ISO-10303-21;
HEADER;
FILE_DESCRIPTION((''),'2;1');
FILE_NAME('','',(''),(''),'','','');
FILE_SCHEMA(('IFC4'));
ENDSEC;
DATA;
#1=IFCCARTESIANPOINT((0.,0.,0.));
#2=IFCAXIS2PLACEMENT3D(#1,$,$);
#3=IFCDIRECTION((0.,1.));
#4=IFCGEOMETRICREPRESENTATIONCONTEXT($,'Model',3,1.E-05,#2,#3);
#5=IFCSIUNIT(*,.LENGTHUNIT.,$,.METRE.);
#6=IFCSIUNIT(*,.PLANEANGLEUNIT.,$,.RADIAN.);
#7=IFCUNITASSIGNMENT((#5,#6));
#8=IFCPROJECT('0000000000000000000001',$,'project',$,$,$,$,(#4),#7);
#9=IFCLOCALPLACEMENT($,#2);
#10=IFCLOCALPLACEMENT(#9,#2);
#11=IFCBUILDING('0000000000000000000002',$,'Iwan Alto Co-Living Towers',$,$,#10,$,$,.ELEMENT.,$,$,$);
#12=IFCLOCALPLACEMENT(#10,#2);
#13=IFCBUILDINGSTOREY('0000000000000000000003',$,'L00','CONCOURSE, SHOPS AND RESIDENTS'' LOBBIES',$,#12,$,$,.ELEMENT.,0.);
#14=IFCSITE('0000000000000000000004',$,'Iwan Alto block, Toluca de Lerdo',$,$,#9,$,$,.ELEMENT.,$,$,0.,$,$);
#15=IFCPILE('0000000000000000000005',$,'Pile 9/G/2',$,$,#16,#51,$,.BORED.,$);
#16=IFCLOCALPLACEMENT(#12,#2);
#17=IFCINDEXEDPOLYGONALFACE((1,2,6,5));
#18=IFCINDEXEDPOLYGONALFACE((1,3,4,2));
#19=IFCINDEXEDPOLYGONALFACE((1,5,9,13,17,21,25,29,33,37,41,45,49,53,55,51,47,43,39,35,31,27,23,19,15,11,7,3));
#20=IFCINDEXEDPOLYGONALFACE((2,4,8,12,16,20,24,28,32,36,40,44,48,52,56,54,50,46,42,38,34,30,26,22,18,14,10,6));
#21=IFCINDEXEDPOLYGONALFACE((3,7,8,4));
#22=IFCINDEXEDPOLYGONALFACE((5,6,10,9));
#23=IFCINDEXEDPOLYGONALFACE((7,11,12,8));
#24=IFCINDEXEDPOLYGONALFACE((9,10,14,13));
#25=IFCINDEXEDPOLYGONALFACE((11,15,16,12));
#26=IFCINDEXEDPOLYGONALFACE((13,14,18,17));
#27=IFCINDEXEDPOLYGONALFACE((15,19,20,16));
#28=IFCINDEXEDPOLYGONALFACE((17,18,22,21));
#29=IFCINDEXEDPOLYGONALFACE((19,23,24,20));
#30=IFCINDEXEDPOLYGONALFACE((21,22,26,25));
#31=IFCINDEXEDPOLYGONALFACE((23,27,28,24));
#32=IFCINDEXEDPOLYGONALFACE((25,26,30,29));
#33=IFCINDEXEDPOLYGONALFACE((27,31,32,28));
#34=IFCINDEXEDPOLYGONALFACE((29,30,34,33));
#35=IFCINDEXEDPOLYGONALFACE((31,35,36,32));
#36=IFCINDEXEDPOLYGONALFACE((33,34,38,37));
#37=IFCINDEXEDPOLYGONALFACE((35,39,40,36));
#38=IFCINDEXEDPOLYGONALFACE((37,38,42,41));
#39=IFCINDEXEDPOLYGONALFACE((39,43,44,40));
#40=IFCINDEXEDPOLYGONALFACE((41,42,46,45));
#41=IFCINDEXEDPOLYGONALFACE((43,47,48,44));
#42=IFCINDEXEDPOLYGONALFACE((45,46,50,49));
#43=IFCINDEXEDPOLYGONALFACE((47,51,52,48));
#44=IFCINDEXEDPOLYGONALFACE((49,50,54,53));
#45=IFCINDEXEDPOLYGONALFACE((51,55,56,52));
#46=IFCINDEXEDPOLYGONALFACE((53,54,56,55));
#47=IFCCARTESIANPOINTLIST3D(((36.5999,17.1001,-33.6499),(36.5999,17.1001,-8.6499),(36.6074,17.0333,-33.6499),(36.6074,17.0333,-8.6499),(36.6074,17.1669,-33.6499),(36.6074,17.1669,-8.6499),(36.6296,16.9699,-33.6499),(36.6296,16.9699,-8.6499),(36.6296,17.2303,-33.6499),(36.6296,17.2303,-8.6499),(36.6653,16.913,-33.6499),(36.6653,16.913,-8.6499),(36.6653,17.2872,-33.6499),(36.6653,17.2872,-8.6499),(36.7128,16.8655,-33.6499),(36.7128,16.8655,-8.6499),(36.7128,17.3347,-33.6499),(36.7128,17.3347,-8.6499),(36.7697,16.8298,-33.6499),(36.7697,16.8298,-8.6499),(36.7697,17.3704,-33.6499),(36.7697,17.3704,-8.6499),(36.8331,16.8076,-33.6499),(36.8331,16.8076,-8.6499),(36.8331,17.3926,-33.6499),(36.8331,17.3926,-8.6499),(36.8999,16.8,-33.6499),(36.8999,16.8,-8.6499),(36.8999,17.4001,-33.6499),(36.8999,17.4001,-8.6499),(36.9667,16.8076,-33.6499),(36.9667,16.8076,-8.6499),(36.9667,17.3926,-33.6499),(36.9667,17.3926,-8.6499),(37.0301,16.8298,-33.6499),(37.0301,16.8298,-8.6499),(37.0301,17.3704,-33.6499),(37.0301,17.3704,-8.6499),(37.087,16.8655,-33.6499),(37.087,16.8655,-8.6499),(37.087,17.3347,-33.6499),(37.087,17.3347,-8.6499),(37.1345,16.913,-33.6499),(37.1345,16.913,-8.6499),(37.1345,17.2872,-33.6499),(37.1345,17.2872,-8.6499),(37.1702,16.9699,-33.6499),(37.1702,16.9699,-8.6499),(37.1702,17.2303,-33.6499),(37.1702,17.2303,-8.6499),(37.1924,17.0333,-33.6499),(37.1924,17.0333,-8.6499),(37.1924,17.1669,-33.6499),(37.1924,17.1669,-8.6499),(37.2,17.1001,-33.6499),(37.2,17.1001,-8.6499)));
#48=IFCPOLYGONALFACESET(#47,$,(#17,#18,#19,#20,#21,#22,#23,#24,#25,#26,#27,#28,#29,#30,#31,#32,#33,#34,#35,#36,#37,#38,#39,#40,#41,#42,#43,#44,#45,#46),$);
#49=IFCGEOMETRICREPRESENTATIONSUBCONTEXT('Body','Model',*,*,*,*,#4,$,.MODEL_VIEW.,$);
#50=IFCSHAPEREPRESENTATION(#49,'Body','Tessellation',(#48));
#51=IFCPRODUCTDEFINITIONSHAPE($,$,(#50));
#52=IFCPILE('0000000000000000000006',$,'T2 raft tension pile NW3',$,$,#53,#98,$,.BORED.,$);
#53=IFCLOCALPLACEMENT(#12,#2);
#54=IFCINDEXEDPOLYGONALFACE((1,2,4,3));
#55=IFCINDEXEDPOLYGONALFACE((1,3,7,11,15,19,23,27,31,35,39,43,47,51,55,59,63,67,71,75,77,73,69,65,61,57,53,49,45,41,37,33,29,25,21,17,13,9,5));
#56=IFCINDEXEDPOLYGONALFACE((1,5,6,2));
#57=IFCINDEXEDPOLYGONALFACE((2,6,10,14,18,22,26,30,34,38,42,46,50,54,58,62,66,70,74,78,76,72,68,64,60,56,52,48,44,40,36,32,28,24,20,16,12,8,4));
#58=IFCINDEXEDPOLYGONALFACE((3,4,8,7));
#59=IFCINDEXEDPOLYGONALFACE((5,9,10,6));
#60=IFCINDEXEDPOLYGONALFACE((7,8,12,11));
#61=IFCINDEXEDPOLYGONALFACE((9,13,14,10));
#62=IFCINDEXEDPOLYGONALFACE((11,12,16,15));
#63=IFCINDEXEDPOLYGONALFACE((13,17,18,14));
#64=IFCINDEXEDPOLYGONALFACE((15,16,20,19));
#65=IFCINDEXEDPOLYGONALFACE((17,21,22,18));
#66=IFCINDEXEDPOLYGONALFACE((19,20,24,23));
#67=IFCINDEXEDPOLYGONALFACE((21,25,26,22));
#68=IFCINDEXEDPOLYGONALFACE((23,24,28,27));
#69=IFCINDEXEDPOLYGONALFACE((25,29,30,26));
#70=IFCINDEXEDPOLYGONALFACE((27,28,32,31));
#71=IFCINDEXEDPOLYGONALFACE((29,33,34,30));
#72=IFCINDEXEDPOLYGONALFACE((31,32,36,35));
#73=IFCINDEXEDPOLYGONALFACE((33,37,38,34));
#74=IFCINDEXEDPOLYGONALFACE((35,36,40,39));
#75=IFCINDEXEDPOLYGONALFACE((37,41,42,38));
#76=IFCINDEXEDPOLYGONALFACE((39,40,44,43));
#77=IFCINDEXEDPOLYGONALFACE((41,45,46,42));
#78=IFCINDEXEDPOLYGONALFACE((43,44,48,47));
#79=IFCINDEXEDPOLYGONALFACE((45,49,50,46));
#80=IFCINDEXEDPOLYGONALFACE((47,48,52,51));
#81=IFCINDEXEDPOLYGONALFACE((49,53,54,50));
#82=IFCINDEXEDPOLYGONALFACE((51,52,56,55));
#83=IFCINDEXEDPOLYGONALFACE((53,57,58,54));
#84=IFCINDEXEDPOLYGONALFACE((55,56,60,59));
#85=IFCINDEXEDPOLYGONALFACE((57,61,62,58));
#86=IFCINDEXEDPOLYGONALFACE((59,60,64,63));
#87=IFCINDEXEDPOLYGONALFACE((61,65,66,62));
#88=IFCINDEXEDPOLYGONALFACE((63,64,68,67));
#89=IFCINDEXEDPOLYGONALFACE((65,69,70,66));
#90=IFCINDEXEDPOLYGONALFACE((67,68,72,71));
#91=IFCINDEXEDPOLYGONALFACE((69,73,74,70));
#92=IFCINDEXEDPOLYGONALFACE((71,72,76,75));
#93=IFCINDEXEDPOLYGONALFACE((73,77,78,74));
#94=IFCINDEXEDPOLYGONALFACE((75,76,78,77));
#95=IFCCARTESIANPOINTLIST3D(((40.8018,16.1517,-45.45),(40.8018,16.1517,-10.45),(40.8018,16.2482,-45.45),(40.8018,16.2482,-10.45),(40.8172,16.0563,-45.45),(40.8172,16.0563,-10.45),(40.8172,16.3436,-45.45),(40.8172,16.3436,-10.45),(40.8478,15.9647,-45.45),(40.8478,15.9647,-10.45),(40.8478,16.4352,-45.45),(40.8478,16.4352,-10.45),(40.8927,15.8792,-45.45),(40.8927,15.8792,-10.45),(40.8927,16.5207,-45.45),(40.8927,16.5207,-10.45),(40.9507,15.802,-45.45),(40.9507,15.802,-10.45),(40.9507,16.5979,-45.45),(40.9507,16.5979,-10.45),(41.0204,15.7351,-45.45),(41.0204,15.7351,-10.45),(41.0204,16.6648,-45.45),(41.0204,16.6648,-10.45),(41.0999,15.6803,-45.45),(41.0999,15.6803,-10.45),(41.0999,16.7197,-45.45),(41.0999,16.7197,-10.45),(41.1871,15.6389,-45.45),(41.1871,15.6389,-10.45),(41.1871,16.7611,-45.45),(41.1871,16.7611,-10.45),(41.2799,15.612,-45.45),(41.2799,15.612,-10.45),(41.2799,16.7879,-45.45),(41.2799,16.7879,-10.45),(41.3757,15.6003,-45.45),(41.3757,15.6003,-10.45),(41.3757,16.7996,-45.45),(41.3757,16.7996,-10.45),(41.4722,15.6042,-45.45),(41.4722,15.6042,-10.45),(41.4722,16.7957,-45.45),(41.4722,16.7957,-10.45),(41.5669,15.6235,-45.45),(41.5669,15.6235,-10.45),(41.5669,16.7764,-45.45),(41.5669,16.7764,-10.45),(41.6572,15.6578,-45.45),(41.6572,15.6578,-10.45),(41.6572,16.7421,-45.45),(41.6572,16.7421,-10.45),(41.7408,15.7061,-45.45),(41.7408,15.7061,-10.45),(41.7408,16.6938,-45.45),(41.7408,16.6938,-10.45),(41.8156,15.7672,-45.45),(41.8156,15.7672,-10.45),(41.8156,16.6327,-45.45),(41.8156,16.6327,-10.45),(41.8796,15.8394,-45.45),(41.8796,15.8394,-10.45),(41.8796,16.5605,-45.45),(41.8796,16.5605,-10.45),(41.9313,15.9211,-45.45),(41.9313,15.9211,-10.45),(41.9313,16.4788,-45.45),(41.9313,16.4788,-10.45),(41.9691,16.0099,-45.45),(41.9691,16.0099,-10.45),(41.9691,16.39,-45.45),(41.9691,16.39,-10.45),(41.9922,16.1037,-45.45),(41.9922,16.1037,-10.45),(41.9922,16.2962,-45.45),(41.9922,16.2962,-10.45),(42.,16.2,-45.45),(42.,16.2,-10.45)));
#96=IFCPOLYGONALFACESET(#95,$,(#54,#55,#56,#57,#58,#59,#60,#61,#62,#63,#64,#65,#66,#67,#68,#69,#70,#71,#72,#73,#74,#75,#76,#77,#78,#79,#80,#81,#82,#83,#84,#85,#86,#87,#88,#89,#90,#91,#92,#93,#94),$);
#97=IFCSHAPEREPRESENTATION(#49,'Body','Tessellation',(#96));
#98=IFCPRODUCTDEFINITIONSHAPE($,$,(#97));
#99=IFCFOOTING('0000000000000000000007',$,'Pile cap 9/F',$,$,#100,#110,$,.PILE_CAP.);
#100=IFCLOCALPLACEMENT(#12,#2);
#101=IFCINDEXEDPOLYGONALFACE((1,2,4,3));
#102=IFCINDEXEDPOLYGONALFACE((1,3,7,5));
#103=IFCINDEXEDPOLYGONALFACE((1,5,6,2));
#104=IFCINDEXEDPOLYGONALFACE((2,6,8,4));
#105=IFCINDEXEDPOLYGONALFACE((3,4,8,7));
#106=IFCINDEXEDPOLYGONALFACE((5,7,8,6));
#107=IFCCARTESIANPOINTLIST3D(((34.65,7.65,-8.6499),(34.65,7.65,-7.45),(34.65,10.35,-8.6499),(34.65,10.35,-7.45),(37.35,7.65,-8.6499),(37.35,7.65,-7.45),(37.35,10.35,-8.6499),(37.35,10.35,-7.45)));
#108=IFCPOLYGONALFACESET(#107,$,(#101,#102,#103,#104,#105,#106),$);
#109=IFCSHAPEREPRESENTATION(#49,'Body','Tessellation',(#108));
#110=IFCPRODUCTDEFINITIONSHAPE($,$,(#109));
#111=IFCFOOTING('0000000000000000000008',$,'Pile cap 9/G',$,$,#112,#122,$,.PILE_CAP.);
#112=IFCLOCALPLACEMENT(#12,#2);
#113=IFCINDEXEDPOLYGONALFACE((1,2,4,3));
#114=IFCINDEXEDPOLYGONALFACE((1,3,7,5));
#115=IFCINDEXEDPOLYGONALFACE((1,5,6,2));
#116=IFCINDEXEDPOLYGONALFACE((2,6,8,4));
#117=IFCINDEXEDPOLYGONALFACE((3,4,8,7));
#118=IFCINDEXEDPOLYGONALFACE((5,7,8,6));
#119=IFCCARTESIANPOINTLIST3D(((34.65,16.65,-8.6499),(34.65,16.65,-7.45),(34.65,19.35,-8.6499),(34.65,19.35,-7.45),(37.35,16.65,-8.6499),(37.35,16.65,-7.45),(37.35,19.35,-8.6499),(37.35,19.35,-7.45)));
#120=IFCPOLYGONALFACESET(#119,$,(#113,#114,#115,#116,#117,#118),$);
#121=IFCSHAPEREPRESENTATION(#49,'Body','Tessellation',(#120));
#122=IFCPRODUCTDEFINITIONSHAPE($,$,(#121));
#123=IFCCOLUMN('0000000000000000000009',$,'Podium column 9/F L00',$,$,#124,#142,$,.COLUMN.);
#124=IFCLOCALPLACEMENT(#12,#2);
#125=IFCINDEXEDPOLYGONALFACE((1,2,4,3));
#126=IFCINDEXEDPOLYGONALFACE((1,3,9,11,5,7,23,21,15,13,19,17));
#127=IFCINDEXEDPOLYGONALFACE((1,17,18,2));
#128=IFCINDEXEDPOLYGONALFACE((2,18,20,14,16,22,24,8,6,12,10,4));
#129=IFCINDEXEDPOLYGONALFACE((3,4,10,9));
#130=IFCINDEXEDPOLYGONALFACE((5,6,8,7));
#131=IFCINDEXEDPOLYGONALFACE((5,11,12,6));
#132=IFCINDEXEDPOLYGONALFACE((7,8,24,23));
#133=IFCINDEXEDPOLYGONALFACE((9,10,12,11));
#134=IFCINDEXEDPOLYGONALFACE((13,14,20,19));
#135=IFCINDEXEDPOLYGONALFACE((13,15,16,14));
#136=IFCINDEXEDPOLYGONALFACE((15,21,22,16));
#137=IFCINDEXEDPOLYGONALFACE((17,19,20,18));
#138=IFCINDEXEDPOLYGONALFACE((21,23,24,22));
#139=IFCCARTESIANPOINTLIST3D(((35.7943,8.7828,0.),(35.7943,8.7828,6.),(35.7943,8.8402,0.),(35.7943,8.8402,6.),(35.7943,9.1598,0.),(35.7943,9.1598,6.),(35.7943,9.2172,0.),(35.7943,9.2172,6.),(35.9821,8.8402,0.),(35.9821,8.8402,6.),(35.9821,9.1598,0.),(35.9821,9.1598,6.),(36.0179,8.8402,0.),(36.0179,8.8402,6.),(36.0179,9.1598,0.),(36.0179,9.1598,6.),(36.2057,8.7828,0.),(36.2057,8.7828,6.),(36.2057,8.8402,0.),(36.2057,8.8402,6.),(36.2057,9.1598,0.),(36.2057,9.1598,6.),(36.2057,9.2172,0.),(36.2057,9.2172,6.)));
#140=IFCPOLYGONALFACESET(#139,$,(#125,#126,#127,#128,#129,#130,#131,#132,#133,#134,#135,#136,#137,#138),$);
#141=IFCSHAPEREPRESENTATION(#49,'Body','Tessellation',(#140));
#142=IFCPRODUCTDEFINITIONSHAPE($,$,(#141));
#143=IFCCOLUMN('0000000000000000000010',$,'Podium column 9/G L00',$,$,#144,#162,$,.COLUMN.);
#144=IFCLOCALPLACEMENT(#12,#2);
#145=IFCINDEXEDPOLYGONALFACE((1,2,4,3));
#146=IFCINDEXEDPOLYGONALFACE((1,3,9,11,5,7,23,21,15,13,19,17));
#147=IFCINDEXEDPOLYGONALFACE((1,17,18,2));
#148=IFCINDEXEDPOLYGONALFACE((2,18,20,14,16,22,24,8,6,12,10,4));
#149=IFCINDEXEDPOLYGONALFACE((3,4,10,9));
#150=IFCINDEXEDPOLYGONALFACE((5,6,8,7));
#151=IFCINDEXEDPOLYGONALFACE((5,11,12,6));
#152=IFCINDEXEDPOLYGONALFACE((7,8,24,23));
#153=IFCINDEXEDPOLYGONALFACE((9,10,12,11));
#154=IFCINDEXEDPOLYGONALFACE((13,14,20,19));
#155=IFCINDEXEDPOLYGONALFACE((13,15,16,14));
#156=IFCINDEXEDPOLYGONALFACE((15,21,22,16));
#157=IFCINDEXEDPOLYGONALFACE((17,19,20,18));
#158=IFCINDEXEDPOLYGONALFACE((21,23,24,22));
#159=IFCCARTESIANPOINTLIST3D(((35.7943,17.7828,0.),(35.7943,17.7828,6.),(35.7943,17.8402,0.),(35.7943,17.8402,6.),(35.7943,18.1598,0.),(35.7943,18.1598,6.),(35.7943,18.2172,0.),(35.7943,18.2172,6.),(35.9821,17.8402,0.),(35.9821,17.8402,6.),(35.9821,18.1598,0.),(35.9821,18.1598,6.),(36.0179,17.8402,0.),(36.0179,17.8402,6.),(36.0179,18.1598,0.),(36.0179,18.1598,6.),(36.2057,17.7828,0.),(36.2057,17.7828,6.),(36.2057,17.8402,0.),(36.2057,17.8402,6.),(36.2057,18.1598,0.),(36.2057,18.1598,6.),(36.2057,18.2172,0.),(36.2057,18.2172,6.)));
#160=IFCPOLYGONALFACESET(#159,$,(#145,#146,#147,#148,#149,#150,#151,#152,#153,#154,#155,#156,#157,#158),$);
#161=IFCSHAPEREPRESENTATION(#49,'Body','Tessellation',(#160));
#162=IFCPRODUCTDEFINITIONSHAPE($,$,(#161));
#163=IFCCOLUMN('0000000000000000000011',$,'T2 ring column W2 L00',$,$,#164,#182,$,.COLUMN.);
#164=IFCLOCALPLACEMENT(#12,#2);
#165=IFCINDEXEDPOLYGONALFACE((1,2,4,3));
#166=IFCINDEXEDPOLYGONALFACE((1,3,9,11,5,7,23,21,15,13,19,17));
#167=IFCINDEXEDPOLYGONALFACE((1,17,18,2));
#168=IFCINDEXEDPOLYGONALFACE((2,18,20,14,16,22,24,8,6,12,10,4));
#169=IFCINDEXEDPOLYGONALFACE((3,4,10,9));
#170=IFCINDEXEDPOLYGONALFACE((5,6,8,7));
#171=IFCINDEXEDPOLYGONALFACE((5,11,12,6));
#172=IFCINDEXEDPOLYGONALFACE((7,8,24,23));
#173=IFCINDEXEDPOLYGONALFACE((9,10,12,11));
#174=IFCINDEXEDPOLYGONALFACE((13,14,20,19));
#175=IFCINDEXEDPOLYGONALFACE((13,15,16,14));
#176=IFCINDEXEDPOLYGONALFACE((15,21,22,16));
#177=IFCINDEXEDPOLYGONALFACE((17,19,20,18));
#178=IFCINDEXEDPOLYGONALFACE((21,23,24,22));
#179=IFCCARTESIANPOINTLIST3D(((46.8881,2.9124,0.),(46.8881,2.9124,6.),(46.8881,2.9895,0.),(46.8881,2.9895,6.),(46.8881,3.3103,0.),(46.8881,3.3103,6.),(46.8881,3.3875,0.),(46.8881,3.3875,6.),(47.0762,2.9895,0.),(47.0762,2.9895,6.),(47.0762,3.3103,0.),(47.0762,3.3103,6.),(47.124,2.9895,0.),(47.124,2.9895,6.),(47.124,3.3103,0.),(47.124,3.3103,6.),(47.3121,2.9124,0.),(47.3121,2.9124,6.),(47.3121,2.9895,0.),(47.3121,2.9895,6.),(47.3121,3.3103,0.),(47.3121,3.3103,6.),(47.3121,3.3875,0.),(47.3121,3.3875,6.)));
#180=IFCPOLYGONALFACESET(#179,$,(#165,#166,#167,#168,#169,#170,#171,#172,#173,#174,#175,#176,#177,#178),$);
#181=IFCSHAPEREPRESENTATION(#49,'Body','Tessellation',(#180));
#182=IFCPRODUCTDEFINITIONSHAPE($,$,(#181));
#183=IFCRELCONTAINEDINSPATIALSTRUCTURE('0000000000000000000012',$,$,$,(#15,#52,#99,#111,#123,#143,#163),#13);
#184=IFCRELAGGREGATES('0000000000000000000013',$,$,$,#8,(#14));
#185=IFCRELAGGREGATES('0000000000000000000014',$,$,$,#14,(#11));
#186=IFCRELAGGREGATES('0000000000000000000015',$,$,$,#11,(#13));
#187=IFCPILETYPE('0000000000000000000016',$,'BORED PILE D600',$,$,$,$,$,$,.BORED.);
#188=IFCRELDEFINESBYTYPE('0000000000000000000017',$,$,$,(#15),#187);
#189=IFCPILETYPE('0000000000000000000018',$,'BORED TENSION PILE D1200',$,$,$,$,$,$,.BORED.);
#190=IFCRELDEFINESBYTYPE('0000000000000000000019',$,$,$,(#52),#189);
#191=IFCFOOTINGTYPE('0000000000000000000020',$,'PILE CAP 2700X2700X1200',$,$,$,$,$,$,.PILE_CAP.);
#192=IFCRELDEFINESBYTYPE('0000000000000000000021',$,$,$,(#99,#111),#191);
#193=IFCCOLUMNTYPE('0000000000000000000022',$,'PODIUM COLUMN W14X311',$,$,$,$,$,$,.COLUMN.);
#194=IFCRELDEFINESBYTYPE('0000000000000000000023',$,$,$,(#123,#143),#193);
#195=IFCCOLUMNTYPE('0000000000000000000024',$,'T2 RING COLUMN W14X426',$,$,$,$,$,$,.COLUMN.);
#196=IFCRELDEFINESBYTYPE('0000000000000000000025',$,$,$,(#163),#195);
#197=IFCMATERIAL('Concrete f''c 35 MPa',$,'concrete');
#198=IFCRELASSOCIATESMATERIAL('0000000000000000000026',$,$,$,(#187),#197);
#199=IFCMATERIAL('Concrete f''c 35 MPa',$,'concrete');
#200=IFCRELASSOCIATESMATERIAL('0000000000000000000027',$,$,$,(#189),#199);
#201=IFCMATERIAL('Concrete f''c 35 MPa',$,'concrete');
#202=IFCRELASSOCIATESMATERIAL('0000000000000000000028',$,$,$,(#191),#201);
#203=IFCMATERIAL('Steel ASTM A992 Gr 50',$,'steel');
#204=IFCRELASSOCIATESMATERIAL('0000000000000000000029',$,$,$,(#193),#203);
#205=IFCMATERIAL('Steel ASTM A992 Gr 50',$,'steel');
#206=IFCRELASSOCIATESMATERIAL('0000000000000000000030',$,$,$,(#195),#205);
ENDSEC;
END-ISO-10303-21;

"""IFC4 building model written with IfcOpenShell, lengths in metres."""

from ifc_helpers import new_model, si_unit, direction, frame, origin, origin_2d, place, context, subcontext, project, spatial, rectangle, circle, i_section, extrude, material, material_profile, profile_set, type_object, element, save


model = new_model("IFC4")

# Units and contexts
model_context = context("Model", 3, precision=1e-05, world=origin(), true_north=direction((0.0, 1.0)))
body_context = subcontext(model_context, "Body", "Model", "MODEL_VIEW")
ifc_project = project(units=[si_unit("LENGTHUNIT", "METRE"), si_unit("PLANEANGLEUNIT", "RADIAN")], contexts=[model_context])

# Site, building, storey
site_placement = place(None, origin())
site = spatial("IfcSite", under=ifc_project, at=site_placement, Name="Iwan Alto block, Toluca de Lerdo", CompositionType="ELEMENT", RefElevation=0.0)
building_placement = place(site_placement, origin())
building = spatial("IfcBuilding", under=site, at=building_placement, Name="Iwan Alto Co-Living Towers", CompositionType="ELEMENT")
storey_placement = place(building_placement, origin())
storey = spatial("IfcBuildingStorey", under=building, at=storey_placement, Name="L00", Description="CONCOURSE, SHOPS AND RESIDENTS' LOBBIES", CompositionType="ELEMENT", Elevation=0.0)

# Piles
ifc_material_1 = material(Name="Concrete f'c 35 MPa", Category="concrete")
ifc_material_profile_1 = material_profile(ifc_material_1, circle(Radius=0.3, at=origin_2d()), Name="D600")
ifc_profile_set_1 = profile_set([ifc_material_profile_1], Name="Concrete f'c 35 MPa")
pile_type_1 = type_object("IfcPileType", Name="BORED PILE D600", PredefinedType="BORED", material=ifc_profile_set_1)
for number, where, z_axis, x_axis, name in (
    (1, (36.8999, 17.1001, -8.6499), (0.0, 0.0, -1.0), (1.0, 0.0, 0.0), "Pile 9/G/2"),
):
    element("IfcPile", number, at=place(storey_placement, frame(where, z_axis=z_axis, x_axis=x_axis)), inside=storey, type_object=pile_type_1, Name=name, PredefinedType="BORED", context=body_context, shape_type="SweptSolid", body=[
        extrude(circle(Radius=0.3, at=origin_2d()), origin(), (0.0, 0.0, 1.0), 25.0),
    ])
ifc_material_2 = material(Name="Concrete f'c 35 MPa", Category="concrete")
ifc_material_profile_2 = material_profile(ifc_material_2, circle(Radius=0.6001, at=origin_2d()), Name="D1200")
ifc_profile_set_2 = profile_set([ifc_material_profile_2], Name="Concrete f'c 35 MPa")
pile_type_2 = type_object("IfcPileType", Name="BORED TENSION PILE D1200", PredefinedType="BORED", material=ifc_profile_set_2)
pile_placement = place(storey_placement, frame((41.3999, 16.2, -10.45), z_axis=(0.0, 0.0, -1.0), x_axis=(1.0, 0.0, 0.0)))
element("IfcPile", 2, at=pile_placement, inside=storey, type_object=pile_type_2, Name="T2 raft tension pile NW3", PredefinedType="BORED", context=body_context, shape_type="SweptSolid", body=[
    extrude(circle(Radius=0.6001, at=origin_2d()), origin(), (0.0, 0.0, 1.0), 35.0),
])

# Footings
ifc_material_3 = material(Name="Concrete f'c 35 MPa", Category="concrete")
footing_type = type_object("IfcFootingType", Name="PILE CAP 2700X2700X1200", PredefinedType="PILE_CAP", material=ifc_material_3)
for number, where, z_axis, x_axis, name in (
    (3, (36.0, 9.0, -8.6499), (0.0, 0.0, 1.0), (1.0, 0.0, 0.0), "Pile cap 9/F"),
    (4, (36.0, 18.0, -8.6499), (0.0, 0.0, 1.0), (1.0, 0.0, 0.0), "Pile cap 9/G"),
):
    element("IfcFooting", number, at=place(storey_placement, frame(where, z_axis=z_axis, x_axis=x_axis)), inside=storey, type_object=footing_type, Name=name, PredefinedType="PILE_CAP", context=body_context, shape_type="SweptSolid", body=[
        extrude(rectangle(XDim=2.7, YDim=2.7, at=origin_2d()), origin(), (0.0, 0.0, 1.0), 1.2),
    ])

# Columns
ifc_material_4 = material(Name="Steel ASTM A992 Gr 50", Category="steel")
ifc_material_profile_3 = material_profile(ifc_material_4, i_section(OverallWidth=0.4114, OverallDepth=0.4343, WebThickness=0.0359, FlangeThickness=0.0574, at=origin_2d()), Name="W14X311")
ifc_profile_set_3 = profile_set([ifc_material_profile_3], Name="Steel ASTM A992 Gr 50")
column_type_1 = type_object("IfcColumnType", Name="PODIUM COLUMN W14X311", PredefinedType="COLUMN", material=ifc_profile_set_3)
for number, where, z_axis, x_axis, name in (
    (5, (36.0, 9.0, 0.0), (0.0, 0.0, 1.0), (1.0, 0.0, 0.0), "Podium column 9/F L00"),
    (6, (36.0, 18.0, 0.0), (0.0, 0.0, 1.0), (1.0, 0.0, 0.0), "Podium column 9/G L00"),
):
    element("IfcColumn", number, at=place(storey_placement, frame(where, z_axis=z_axis, x_axis=x_axis)), inside=storey, type_object=column_type_1, Name=name, PredefinedType="COLUMN", context=body_context, shape_type="SweptSolid", body=[
        extrude(i_section(OverallWidth=0.4114, OverallDepth=0.4343, WebThickness=0.0359, FlangeThickness=0.0574, at=origin_2d()), origin(), (0.0, 0.0, 1.0), 6.0),
    ])
ifc_material_5 = material(Name="Steel ASTM A992 Gr 50", Category="steel")
ifc_material_profile_4 = material_profile(ifc_material_5, i_section(OverallWidth=0.4241, OverallDepth=0.4751, WebThickness=0.0479, FlangeThickness=0.0771, at=origin_2d()), Name="W14X426")
ifc_profile_set_4 = profile_set([ifc_material_profile_4], Name="Steel ASTM A992 Gr 50")
column_type_2 = type_object("IfcColumnType", Name="T2 RING COLUMN W14X426", PredefinedType="COLUMN", material=ifc_profile_set_4)
column_placement = place(storey_placement, frame((47.1001, 3.1499, 0.0), z_axis=(0.0, 0.0, 1.0), x_axis=(1.0, 0.0, 0.0)))
element("IfcColumn", 7, at=column_placement, inside=storey, type_object=column_type_2, Name="T2 ring column W2 L00", PredefinedType="COLUMN", context=body_context, shape_type="SweptSolid", body=[
    extrude(i_section(OverallWidth=0.4241, OverallDepth=0.4751, WebThickness=0.0479, FlangeThickness=0.0771, at=origin_2d()), origin(), (0.0, 0.0, 1.0), 6.0),
])

save(model, "model.ifc")
